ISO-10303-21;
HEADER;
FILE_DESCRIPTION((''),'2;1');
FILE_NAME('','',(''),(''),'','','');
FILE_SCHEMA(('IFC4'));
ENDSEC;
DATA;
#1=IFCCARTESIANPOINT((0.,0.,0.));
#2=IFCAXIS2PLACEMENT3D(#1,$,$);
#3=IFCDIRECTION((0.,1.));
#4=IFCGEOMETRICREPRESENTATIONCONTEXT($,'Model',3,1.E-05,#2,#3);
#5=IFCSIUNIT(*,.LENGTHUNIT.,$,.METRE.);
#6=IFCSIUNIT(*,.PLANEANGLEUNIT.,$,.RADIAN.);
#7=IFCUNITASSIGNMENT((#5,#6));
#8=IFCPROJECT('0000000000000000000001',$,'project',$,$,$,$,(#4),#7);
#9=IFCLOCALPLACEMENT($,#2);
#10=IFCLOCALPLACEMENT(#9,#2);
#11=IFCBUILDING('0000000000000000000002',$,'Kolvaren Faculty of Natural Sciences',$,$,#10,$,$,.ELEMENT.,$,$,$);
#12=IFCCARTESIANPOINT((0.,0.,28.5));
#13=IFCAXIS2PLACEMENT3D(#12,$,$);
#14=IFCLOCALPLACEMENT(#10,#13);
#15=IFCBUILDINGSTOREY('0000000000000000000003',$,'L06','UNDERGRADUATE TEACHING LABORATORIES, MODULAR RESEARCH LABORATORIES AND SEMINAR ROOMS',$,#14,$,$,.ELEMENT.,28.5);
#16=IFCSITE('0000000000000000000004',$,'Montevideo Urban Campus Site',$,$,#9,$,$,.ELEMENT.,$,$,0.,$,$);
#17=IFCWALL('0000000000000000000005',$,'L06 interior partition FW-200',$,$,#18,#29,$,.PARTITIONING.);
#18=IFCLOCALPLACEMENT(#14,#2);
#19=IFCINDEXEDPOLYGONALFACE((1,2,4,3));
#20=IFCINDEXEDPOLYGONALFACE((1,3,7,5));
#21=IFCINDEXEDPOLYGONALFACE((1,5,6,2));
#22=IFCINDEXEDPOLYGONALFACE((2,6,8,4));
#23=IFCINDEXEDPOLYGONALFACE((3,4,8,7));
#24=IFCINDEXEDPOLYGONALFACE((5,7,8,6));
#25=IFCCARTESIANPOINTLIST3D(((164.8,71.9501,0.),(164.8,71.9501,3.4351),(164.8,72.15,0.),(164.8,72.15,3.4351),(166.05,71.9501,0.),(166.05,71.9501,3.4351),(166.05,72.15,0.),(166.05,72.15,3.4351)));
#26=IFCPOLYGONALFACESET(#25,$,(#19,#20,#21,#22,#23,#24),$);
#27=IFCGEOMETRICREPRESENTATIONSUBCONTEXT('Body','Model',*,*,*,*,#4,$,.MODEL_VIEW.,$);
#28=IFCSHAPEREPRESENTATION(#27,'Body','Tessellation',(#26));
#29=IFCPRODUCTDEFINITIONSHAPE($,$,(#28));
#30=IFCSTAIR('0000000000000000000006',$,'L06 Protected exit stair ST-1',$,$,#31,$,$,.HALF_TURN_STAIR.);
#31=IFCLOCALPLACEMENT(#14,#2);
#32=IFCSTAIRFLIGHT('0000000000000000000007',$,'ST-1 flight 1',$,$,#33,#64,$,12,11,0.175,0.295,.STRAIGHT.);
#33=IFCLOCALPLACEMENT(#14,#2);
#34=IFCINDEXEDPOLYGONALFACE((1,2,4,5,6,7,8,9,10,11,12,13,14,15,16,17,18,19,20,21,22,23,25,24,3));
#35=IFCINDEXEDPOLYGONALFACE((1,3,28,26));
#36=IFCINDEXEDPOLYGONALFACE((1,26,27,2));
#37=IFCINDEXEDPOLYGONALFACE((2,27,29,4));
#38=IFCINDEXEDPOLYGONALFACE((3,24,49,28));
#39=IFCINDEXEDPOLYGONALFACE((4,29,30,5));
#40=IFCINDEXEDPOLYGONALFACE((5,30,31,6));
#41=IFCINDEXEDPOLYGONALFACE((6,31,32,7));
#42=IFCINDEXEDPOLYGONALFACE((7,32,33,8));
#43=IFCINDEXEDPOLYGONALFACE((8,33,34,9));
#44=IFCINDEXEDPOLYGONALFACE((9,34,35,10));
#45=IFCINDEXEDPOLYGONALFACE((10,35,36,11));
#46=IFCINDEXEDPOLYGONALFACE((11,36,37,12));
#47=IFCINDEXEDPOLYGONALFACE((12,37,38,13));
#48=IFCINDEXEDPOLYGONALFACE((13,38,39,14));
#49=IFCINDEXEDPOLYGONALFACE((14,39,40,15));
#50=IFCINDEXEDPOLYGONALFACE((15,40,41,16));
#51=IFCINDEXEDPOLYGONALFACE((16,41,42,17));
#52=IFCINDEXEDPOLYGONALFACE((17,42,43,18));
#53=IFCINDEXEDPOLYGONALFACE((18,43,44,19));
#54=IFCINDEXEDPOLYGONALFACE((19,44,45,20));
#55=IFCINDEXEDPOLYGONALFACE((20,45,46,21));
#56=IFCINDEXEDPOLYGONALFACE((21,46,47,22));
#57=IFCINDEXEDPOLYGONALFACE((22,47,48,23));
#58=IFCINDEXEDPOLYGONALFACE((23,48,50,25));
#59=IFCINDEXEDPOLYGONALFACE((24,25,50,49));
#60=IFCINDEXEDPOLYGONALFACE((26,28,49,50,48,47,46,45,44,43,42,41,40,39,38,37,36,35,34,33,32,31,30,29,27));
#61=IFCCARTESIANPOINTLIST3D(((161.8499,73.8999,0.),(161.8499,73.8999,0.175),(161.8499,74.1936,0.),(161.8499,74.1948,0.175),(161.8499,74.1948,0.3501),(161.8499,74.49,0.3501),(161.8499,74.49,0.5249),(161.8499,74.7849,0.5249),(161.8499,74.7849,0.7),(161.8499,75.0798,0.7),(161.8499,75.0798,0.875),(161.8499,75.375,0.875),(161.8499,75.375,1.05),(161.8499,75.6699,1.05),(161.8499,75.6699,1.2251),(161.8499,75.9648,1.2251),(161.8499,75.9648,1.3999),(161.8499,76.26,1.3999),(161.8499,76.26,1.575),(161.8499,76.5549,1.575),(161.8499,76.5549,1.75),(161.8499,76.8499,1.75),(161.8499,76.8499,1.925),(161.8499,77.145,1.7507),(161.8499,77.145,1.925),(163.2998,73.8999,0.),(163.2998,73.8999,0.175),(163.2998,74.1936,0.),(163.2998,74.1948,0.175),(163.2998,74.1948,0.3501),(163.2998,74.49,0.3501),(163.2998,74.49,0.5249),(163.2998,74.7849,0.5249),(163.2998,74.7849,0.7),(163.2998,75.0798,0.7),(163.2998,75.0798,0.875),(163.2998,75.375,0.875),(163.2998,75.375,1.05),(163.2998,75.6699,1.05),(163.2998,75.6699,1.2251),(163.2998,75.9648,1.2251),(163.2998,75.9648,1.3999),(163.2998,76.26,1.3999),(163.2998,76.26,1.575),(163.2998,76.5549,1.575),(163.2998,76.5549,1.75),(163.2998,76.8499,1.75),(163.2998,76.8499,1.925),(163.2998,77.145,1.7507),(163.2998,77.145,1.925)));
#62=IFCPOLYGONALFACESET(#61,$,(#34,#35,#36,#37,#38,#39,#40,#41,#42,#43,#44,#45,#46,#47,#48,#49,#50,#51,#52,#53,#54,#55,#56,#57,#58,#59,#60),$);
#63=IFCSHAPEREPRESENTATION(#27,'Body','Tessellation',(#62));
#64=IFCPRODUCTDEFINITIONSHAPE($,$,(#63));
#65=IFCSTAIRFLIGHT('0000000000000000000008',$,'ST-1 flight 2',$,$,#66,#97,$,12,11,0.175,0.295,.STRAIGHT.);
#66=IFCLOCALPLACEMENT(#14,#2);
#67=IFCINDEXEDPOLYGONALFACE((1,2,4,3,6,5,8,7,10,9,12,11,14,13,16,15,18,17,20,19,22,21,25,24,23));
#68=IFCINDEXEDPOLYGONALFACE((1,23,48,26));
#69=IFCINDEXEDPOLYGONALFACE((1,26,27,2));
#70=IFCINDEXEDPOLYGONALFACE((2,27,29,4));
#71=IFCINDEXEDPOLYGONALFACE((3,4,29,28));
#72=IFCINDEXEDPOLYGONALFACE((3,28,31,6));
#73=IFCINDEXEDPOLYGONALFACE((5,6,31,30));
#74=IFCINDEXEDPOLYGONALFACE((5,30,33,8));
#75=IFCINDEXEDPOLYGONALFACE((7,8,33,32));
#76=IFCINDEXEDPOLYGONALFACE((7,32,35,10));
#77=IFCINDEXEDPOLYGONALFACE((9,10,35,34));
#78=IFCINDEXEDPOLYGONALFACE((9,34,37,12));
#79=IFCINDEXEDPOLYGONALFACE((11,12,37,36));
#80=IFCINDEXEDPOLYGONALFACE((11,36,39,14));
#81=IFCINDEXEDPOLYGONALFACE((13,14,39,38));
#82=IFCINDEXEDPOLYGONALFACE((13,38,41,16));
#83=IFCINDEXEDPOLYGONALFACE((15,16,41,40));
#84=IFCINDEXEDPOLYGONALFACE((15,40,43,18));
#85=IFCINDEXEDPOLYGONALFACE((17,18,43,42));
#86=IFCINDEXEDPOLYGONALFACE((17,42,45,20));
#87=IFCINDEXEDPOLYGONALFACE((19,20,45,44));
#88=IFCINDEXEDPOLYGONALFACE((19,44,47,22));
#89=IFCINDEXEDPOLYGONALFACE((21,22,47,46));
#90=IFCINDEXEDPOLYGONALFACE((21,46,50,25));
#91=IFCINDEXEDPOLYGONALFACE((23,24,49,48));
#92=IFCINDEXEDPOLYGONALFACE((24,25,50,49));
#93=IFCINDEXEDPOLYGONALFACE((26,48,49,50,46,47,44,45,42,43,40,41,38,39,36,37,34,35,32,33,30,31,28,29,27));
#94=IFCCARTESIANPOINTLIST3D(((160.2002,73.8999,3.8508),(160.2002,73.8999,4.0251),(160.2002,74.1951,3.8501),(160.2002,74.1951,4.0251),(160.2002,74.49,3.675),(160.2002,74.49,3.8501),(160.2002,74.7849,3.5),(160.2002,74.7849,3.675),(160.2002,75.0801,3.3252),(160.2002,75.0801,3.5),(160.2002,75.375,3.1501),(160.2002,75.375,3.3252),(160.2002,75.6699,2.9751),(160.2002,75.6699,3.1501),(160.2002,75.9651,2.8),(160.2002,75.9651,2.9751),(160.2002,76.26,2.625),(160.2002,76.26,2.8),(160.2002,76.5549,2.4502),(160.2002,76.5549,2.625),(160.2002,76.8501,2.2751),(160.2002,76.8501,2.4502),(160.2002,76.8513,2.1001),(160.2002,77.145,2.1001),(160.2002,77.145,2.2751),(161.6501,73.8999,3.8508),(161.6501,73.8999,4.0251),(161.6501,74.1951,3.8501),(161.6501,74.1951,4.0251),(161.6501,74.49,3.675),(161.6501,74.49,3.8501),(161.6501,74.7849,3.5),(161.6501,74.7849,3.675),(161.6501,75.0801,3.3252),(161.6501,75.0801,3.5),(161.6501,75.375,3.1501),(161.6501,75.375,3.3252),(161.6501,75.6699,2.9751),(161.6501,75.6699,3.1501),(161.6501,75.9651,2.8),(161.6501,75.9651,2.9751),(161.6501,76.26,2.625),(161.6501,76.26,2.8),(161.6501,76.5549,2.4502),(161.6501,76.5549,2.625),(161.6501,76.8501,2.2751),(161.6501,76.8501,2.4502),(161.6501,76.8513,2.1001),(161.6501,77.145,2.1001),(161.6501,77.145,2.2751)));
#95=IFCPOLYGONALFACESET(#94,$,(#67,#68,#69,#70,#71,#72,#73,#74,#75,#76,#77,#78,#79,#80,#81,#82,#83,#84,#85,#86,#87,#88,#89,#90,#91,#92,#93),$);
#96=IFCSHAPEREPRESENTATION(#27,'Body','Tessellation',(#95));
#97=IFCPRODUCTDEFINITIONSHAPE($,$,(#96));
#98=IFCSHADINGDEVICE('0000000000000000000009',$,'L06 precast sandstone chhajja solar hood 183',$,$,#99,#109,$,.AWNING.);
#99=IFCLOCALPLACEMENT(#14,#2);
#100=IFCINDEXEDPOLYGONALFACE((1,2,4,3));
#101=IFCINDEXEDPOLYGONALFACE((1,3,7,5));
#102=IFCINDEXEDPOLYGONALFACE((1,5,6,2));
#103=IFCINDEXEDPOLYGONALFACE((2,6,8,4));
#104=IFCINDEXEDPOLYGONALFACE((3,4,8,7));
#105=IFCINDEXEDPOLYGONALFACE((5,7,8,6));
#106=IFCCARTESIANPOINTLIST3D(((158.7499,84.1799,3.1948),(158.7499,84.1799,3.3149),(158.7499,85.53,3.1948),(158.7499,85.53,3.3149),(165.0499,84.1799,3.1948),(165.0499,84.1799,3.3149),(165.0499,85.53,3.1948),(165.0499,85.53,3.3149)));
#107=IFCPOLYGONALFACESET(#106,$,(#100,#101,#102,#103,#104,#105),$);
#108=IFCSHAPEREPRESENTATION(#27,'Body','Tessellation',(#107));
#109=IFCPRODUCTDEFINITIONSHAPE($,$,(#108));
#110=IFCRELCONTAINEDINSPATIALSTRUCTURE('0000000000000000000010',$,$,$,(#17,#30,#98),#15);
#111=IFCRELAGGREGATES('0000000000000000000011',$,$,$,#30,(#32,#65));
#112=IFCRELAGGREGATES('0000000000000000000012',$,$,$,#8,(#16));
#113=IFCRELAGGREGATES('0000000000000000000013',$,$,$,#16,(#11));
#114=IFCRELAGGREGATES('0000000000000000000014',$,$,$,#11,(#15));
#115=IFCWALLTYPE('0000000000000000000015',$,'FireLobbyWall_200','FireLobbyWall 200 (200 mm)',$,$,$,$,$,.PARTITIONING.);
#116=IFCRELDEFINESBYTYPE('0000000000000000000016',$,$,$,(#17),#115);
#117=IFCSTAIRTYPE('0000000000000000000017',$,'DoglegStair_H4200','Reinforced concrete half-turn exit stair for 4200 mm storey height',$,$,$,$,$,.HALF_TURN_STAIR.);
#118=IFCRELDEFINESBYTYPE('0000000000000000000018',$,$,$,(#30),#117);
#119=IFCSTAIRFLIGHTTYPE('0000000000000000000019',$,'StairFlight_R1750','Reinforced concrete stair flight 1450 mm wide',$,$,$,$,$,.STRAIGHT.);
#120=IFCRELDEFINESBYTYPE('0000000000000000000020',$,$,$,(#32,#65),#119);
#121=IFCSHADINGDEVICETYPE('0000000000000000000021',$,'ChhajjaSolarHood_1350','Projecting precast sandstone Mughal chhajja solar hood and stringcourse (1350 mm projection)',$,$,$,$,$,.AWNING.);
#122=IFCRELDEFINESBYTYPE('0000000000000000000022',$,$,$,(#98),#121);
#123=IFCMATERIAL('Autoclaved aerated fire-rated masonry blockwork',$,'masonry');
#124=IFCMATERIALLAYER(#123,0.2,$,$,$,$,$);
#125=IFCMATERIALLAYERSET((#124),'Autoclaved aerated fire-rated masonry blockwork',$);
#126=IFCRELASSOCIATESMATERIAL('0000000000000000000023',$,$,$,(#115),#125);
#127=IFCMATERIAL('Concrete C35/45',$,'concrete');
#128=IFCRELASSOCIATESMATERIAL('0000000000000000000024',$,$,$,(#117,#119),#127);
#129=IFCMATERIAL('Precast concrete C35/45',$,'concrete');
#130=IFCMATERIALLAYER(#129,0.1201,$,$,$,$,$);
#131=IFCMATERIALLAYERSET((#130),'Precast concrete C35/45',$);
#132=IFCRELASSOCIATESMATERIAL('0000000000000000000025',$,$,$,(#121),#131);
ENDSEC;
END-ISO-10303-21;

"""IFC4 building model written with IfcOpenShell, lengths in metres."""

from ifc_helpers import new_model, si_unit, direction, frame, frame_2d, origin, origin_2d, place, context, subcontext, project, spatial, polyline, rectangle, outline, extrude, material, layer, layer_set, type_object, element, aggregate, save


model = new_model("IFC4")

# Units and contexts
model_context = context("Model", 3, precision=1e-05, world=origin(), true_north=direction((0.0, 1.0)))
body_context = subcontext(model_context, "Body", "Model", "MODEL_VIEW")
ifc_project = project(units=[si_unit("LENGTHUNIT", "METRE"), si_unit("PLANEANGLEUNIT", "RADIAN")], contexts=[model_context])

# Site, building, storey
site_placement = place(None, origin())
site = spatial("IfcSite", under=ifc_project, at=site_placement, Name="Montevideo Urban Campus Site", CompositionType="ELEMENT", RefElevation=0.0)
building_placement = place(site_placement, origin())
building = spatial("IfcBuilding", under=site, at=building_placement, Name="Kolvaren Faculty of Natural Sciences", CompositionType="ELEMENT")
storey_placement = place(building_placement, frame((0.0, 0.0, 28.5)))
storey = spatial("IfcBuildingStorey", under=building, at=storey_placement, Name="L06", Description="UNDERGRADUATE TEACHING LABORATORIES, MODULAR RESEARCH LABORATORIES AND SEMINAR ROOMS", CompositionType="ELEMENT", Elevation=28.5)

# Shared definitions
ifc_material_1 = material(Name="Concrete C35/45", Category="concrete")

# Wall
ifc_material_2 = material(Name="Autoclaved aerated fire-rated masonry blockwork", Category="masonry")
ifc_layer_1 = layer(ifc_material_2, 0.2)
ifc_layer_set_1 = layer_set([ifc_layer_1], Name="Autoclaved aerated fire-rated masonry blockwork")
wall_type_1 = type_object("IfcWallType", Name="FireLobbyWall_200", Description="FireLobbyWall 200 (200 mm)", PredefinedType="PARTITIONING", material=ifc_layer_set_1)
wall_1_placement = place(storey_placement, frame((164.8, 72.05, 0.0), z_axis=(0.0, 0.0, 1.0), x_axis=(1.0, 0.0, 0.0)))
element("IfcWall", 1, at=wall_1_placement, inside=storey, type_object=wall_type_1, Name="L06 interior partition FW-200", PredefinedType="PARTITIONING", context=body_context, shape_type="SweptSolid", body=[
    extrude(rectangle(XDim=1.25, YDim=0.2, at=frame_2d((0.625, 0.0))), origin(), (0.0, 0.0, 1.0), 3.4351),
])

# Stair, stair flights
stair_type = type_object("IfcStairType", Name="DoglegStair_H4200", Description="Reinforced concrete half-turn exit stair for 4200 mm storey height", PredefinedType="HALF_TURN_STAIR", material=ifc_material_1)
stair_placement = place(storey_placement, origin())
stair = element("IfcStair", 2, at=stair_placement, inside=storey, type_object=stair_type, Name="L06 Protected exit stair ST-1", PredefinedType="HALF_TURN_STAIR")
stair_flight_type = type_object("IfcStairFlightType", Name="StairFlight_R1750", Description="Reinforced concrete stair flight 1450 mm wide", PredefinedType="STRAIGHT", material=ifc_material_1)
stair_flight_1_placement = place(storey_placement, frame((162.575, 73.8999, 0.0), z_axis=(0.0, 0.0, 1.0), x_axis=(0.0, 1.0, 0.0)))
stair_flight_1 = element("IfcStairFlight", 3, at=stair_flight_1_placement, type_object=stair_flight_type, Name="ST-1 flight 1", NumberOfRisers=12, NumberOfTreads=11, PredefinedType="STRAIGHT", RiserHeight=0.175, TreadLength=0.295, context=body_context, shape_type="SweptSolid", body=[
    extrude(outline(polyline([(0.0, 0.0), (0.0, 0.175), (0.2949, 0.175), (0.2949, 0.3501), (0.5901, 0.3501), (0.5901, 0.5249), (0.885, 0.5249), (0.885, 0.7), (1.1799, 0.7), (1.1799, 0.875), (1.4751, 0.875), (1.4751, 1.05), (1.77, 1.05), (1.77, 1.2251), (2.0649, 1.2251), (2.0649, 1.3999), (2.3601, 1.3999), (2.3601, 1.575), (2.655, 1.575), (2.655, 1.75), (2.95, 1.75), (2.95, 1.925), (3.2451, 1.925), (3.2451, 2.1001), (3.2451, 1.7507), (0.2937, 0.0), (0.0, 0.0)])), frame((0.0, 0.7251, 0.0), z_axis=(0.0, -1.0, 0.0), x_axis=(1.0, 0.0, 0.0)), (0.0, 0.0, 1.0), 1.45),
])
stair_flight_2_placement = place(storey_placement, frame((160.925, 77.145, 2.1001), z_axis=(0.0, 0.0, 1.0), x_axis=(0.0, -1.0, 0.0)))
stair_flight_2 = element("IfcStairFlight", 4, at=stair_flight_2_placement, type_object=stair_flight_type, Name="ST-1 flight 2", NumberOfRisers=12, NumberOfTreads=11, PredefinedType="STRAIGHT", RiserHeight=0.175, TreadLength=0.295, context=body_context, shape_type="SweptSolid", body=[
    extrude(outline(polyline([(0.0, 0.0), (0.0, 0.175), (0.2949, 0.175), (0.2949, 0.3501), (0.5901, 0.3501), (0.5901, 0.5249), (0.885, 0.5249), (0.885, 0.7), (1.1799, 0.7), (1.1799, 0.875), (1.4751, 0.875), (1.4751, 1.05), (1.77, 1.05), (1.77, 1.2251), (2.0649, 1.2251), (2.0649, 1.3999), (2.3601, 1.3999), (2.3601, 1.575), (2.655, 1.575), (2.655, 1.75), (2.95, 1.75), (2.95, 1.925), (3.2451, 1.925), (3.2451, 2.1001), (3.2451, 1.7507), (0.2937, 0.0), (0.0, 0.0)])), frame((0.0, 0.7251, 0.0), z_axis=(0.0, -1.0, 0.0), x_axis=(1.0, 0.0, 0.0)), (0.0, 0.0, 1.0), 1.45),
])
aggregate(stair, [stair_flight_1, stair_flight_2])

# Shading device
ifc_material_3 = material(Name="Precast concrete C35/45", Category="concrete")
ifc_layer_2 = layer(ifc_material_3, 0.1201)
ifc_layer_set_2 = layer_set([ifc_layer_2], Name="Precast concrete C35/45")
shading_device_type = type_object("IfcShadingDeviceType", Name="ChhajjaSolarHood_1350", Description="Projecting precast sandstone Mughal chhajja solar hood and stringcourse (1350 mm projection)", PredefinedType="AWNING", material=ifc_layer_set_2)
shading_device_placement = place(storey_placement, frame((161.8999, 84.855, 3.1948), z_axis=(0.0, 0.0, 1.0), x_axis=(1.0, 0.0, 0.0)))
element("IfcShadingDevice", 5, at=shading_device_placement, inside=storey, type_object=shading_device_type, Name="L06 precast sandstone chhajja solar hood 183", PredefinedType="AWNING", context=body_context, shape_type="SweptSolid", body=[
    extrude(rectangle(XDim=6.3, YDim=1.3501, at=origin_2d()), origin(), (0.0, 0.0, 1.0), 0.1201),
])

save(model, "model.ifc")
